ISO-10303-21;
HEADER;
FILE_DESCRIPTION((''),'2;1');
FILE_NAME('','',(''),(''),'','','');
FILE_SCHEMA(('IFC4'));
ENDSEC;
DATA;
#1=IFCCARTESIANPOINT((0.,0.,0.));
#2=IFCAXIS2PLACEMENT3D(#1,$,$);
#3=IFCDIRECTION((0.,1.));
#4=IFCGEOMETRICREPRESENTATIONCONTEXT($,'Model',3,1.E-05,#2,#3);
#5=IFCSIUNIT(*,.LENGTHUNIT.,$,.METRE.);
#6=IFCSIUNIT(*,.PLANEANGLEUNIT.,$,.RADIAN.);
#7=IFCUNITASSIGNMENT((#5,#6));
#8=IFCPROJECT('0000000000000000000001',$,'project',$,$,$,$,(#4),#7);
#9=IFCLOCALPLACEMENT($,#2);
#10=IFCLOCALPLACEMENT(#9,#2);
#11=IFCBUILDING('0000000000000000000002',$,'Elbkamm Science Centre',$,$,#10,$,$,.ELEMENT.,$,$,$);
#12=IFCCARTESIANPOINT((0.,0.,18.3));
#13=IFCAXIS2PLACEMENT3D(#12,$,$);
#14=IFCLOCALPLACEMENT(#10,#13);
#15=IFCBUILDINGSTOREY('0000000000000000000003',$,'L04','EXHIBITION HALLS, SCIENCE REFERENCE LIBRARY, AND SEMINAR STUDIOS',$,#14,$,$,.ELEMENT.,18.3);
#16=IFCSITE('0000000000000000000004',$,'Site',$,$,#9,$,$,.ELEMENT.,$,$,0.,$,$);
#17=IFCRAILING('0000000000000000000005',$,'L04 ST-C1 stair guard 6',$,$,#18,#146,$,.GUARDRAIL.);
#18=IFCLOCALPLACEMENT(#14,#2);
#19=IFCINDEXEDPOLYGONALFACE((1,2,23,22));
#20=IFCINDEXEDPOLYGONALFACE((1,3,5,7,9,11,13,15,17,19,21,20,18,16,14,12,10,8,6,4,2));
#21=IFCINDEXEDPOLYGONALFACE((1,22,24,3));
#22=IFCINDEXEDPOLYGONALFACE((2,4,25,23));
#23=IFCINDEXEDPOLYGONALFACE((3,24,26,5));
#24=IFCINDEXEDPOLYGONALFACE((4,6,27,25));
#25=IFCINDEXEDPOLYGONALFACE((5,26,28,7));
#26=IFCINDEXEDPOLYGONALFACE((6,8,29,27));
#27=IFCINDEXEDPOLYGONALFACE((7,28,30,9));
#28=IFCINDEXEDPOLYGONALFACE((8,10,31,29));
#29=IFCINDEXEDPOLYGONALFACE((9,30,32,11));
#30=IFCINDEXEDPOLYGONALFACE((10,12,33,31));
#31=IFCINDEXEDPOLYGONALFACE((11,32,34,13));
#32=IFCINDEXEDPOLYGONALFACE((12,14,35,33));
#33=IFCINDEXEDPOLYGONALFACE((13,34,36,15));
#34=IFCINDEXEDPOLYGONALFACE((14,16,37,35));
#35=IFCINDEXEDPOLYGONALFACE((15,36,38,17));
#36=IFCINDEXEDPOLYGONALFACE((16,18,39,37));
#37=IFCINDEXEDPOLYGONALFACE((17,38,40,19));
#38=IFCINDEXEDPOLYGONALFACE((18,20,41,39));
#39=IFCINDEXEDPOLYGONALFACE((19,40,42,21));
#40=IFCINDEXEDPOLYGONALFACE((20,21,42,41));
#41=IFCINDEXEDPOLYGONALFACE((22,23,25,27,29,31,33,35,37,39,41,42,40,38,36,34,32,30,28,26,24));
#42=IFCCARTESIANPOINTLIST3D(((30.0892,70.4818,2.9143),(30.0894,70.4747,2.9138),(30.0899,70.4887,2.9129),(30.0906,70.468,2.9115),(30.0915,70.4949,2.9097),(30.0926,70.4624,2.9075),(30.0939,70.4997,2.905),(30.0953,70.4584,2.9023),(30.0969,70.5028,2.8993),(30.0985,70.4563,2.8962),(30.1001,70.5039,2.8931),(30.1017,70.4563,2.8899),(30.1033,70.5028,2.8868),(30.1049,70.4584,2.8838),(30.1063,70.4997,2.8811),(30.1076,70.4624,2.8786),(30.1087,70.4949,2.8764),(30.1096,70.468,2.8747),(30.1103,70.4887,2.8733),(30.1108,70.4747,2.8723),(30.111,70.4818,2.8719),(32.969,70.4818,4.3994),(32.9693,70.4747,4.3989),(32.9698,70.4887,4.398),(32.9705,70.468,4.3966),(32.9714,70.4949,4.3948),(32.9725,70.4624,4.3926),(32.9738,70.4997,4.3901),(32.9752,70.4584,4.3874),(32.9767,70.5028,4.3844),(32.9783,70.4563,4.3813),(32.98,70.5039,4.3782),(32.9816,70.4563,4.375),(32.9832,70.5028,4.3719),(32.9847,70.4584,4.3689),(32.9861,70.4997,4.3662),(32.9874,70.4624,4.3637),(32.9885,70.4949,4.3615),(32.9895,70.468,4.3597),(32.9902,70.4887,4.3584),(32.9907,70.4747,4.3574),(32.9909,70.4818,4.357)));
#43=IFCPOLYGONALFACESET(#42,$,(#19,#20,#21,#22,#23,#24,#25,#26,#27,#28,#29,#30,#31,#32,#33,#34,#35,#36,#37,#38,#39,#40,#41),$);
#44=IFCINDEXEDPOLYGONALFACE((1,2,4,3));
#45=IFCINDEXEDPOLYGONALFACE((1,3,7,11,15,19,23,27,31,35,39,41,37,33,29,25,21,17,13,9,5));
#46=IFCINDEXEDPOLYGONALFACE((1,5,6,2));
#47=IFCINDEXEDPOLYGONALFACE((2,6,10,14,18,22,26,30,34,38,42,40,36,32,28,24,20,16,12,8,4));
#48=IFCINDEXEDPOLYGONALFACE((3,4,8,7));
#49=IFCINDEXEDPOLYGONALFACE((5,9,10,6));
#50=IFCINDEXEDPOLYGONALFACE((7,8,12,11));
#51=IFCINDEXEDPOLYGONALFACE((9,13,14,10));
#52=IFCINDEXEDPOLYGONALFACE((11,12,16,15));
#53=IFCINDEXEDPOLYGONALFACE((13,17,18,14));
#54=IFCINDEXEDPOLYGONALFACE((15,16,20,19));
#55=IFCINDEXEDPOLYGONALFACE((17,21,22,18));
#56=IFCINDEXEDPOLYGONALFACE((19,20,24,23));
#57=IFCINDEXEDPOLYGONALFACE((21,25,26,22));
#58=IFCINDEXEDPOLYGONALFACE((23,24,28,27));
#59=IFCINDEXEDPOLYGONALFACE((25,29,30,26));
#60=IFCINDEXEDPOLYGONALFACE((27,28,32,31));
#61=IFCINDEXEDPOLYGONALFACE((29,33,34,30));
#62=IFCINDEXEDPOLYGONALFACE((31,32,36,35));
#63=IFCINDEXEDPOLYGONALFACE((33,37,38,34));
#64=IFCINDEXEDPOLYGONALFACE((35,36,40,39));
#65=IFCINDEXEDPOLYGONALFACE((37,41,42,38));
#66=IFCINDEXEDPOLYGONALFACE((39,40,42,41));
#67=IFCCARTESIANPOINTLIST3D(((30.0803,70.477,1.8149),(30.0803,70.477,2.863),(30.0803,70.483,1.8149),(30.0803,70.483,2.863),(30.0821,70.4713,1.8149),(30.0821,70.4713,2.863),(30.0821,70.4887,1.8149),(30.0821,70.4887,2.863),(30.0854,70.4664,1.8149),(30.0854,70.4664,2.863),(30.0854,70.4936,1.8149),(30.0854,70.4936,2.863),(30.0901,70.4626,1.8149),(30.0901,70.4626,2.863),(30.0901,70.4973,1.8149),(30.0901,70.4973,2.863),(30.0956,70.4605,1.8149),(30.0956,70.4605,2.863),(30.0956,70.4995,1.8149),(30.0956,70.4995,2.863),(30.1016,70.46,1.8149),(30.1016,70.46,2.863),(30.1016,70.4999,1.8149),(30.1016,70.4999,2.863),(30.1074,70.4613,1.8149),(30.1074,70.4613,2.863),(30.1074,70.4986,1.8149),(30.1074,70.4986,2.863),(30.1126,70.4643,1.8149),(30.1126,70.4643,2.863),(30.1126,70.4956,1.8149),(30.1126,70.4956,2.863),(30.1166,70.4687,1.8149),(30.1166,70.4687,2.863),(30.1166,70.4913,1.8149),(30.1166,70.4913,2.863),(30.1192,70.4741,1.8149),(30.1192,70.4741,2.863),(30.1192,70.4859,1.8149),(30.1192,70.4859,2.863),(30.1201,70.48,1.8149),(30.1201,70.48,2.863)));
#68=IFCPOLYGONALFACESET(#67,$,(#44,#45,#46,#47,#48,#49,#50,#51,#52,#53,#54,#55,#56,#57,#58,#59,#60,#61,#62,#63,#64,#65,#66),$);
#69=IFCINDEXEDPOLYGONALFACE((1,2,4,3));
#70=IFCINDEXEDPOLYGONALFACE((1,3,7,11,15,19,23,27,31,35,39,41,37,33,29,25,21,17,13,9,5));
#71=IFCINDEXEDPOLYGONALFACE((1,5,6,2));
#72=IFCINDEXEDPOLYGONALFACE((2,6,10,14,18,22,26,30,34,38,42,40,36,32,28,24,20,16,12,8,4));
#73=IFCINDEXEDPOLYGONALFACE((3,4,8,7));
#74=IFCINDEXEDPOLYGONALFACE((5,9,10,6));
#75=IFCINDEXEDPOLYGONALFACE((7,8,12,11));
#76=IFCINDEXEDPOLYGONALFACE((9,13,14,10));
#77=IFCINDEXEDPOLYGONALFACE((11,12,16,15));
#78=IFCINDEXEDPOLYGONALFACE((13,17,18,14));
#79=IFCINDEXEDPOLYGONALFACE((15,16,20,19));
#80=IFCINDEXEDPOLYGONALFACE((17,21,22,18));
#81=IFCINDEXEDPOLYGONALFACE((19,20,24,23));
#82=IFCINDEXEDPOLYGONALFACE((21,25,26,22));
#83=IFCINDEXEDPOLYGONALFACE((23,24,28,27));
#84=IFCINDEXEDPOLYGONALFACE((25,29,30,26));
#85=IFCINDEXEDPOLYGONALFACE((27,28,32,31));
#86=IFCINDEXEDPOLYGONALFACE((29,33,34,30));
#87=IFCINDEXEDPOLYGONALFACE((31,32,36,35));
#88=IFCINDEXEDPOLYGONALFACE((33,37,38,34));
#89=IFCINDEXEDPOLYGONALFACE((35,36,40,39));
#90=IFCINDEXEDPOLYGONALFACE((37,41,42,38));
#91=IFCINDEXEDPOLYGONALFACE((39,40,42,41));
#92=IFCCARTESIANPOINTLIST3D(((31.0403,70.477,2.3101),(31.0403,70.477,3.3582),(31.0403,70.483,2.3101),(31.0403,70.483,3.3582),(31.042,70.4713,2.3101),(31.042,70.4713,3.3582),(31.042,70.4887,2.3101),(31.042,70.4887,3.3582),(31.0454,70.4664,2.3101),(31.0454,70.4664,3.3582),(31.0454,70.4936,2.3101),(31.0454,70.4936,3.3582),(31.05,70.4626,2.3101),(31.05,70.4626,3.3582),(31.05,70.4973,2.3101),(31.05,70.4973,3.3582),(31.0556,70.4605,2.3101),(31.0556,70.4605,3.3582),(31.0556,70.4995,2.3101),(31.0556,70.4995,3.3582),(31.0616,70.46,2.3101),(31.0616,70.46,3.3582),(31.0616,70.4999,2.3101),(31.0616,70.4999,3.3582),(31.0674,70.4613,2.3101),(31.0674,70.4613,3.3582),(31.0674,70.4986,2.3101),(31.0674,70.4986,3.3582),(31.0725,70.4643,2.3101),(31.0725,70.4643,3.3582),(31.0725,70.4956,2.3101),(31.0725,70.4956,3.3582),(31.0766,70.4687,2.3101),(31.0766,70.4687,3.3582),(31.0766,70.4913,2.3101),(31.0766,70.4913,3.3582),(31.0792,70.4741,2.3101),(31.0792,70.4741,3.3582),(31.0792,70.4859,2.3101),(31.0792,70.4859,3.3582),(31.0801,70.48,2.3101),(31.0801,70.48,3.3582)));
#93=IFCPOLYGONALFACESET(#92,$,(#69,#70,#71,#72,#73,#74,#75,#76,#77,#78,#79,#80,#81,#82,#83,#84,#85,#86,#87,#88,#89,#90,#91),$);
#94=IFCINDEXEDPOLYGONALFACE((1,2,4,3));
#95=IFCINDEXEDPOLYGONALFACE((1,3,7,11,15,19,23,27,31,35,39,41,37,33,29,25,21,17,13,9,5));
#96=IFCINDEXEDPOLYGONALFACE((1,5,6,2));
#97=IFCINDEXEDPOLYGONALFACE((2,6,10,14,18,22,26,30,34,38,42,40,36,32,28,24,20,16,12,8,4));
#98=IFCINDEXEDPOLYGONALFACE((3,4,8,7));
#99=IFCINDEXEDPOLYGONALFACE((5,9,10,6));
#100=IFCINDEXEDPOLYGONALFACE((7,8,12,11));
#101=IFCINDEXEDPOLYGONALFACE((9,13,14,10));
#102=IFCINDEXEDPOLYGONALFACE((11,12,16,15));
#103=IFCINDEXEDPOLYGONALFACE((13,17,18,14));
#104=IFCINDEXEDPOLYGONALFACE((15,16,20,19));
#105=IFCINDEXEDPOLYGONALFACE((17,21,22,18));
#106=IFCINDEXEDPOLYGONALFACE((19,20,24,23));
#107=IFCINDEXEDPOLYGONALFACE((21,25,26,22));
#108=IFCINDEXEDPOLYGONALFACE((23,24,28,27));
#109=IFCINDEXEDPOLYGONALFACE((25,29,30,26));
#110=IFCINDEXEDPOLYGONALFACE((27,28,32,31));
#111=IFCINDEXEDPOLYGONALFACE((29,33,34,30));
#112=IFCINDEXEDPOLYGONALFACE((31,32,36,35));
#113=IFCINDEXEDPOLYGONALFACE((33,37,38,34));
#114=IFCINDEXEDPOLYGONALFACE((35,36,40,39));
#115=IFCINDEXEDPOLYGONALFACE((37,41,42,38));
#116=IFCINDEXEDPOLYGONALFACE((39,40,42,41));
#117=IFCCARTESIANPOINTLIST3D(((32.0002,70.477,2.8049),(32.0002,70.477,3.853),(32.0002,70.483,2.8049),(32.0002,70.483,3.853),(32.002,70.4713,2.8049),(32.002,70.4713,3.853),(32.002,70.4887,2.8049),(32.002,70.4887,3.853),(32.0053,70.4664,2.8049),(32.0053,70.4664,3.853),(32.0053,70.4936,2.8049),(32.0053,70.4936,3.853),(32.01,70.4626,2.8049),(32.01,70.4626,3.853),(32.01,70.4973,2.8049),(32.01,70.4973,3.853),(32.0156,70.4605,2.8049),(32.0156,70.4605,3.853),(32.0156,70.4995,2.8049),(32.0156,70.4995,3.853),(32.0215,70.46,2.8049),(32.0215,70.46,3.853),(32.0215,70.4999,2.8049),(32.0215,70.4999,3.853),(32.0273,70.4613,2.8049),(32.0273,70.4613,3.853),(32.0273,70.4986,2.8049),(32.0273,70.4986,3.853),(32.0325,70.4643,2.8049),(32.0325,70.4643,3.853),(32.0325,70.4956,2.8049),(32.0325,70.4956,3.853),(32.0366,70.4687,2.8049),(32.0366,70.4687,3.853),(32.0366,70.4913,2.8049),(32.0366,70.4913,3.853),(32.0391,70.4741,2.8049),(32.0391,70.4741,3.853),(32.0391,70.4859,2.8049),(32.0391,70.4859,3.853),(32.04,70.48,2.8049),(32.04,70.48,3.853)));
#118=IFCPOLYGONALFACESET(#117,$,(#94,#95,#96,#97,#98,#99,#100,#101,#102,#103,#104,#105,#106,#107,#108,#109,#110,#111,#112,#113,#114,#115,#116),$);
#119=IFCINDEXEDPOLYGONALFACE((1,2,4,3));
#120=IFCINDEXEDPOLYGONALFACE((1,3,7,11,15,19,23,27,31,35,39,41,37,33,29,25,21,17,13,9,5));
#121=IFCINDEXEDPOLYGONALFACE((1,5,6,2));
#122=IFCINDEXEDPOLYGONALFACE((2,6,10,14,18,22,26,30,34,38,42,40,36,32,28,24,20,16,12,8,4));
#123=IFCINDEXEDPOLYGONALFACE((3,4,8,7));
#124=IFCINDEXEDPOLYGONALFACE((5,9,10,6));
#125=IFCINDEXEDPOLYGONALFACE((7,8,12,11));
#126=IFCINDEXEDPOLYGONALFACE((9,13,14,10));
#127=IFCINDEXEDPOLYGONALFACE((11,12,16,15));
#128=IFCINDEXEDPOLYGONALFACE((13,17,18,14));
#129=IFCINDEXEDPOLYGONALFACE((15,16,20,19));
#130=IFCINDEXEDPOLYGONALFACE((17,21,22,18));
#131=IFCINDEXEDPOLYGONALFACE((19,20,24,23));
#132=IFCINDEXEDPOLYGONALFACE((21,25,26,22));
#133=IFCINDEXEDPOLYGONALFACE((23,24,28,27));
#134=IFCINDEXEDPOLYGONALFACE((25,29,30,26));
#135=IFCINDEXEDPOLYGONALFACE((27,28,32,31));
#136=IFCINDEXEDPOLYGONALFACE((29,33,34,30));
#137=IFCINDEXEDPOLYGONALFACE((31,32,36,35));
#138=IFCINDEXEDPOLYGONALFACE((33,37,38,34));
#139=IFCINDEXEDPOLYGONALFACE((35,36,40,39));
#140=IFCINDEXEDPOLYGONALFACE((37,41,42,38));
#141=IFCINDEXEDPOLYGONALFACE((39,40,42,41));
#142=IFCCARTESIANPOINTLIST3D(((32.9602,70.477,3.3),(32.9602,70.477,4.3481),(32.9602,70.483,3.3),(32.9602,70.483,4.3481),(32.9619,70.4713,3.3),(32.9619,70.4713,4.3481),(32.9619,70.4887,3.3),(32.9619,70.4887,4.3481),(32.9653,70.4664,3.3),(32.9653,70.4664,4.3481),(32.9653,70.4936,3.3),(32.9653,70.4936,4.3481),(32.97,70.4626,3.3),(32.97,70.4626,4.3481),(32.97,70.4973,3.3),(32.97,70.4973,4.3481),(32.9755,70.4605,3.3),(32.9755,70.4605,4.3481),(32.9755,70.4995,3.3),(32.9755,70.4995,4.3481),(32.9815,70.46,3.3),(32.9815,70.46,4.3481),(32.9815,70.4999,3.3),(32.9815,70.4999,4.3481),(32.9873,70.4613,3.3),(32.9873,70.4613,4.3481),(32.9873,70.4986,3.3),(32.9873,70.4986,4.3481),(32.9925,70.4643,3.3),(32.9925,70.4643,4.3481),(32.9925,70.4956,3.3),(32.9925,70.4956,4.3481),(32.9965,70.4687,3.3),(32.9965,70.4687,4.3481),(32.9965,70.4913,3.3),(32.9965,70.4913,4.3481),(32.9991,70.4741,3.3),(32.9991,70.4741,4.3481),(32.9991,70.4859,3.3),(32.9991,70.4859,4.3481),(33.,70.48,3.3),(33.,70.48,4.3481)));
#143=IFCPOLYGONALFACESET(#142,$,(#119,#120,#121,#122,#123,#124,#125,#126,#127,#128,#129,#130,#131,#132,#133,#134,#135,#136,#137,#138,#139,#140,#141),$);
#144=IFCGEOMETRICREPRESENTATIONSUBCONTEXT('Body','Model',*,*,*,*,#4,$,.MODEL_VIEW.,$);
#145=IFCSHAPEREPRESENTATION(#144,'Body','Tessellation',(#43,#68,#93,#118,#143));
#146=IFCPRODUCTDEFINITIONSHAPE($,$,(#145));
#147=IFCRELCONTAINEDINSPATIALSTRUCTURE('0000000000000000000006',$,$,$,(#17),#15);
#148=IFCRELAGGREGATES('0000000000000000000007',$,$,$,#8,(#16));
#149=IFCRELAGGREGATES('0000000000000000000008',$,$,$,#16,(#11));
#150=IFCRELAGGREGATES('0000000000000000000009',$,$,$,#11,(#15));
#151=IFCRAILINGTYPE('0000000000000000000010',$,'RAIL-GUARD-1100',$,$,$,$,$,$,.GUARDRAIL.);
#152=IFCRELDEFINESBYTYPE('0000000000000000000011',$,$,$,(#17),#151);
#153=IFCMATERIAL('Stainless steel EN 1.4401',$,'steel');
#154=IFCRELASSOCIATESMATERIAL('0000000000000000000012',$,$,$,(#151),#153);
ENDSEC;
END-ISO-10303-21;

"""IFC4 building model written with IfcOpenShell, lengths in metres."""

from ifc_helpers import new_model, si_unit, direction, frame, origin, origin_2d, place, context, subcontext, project, spatial, circle, extrude, material, type_object, element, save


model = new_model("IFC4")

# Units and contexts
model_context = context("Model", 3, precision=1e-05, world=origin(), true_north=direction((0.0, 1.0)))
body_context = subcontext(model_context, "Body", "Model", "MODEL_VIEW")
ifc_project = project(units=[si_unit("LENGTHUNIT", "METRE"), si_unit("PLANEANGLEUNIT", "RADIAN")], contexts=[model_context])

# Site, building, storey
site_placement = place(None, origin())
site = spatial("IfcSite", under=ifc_project, at=site_placement, Name="Site", CompositionType="ELEMENT", RefElevation=0.0)
building_placement = place(site_placement, origin())
building = spatial("IfcBuilding", under=site, at=building_placement, Name="Elbkamm Science Centre", CompositionType="ELEMENT")
storey_placement = place(building_placement, frame((0.0, 0.0, 18.3)))
storey = spatial("IfcBuildingStorey", under=building, at=storey_placement, Name="L04", Description="EXHIBITION HALLS, SCIENCE REFERENCE LIBRARY, AND SEMINAR STUDIOS", CompositionType="ELEMENT", Elevation=18.3)

# Railing
ifc_material_1 = material(Name="Stainless steel EN 1.4401", Category="steel")
railing_type_1 = type_object("IfcRailingType", Name="RAIL-GUARD-1100", PredefinedType="GUARDRAIL", material=ifc_material_1)
railing_1_placement = place(storey_placement, frame((30.1001, 70.48, 1.8149)))
element("IfcRailing", 1, at=railing_1_placement, inside=storey, type_object=railing_type_1, Name="L04 ST-C1 stair guard 6", PredefinedType="GUARDRAIL", context=body_context, shape_type="SweptSolid", body=[
    extrude(circle(Radius=0.0239, at=origin_2d()), frame((0.0, 0.0, 1.0781), z_axis=(0.888782, 0.0, 0.45833), x_axis=(0.0, 1.0, 0.0)), (0.0, 0.0, 1.0), 3.2402),
    extrude(circle(Radius=0.02, at=origin_2d()), origin(), (0.0, 0.0, 1.0), 1.0481),
    extrude(circle(Radius=0.02, at=origin_2d()), frame((0.96, 0.0, 0.4951)), (0.0, 0.0, 1.0), 1.0481),
    extrude(circle(Radius=0.02, at=origin_2d()), frame((1.9199, 0.0, 0.99)), (0.0, 0.0, 1.0), 1.0481),
    extrude(circle(Radius=0.02, at=origin_2d()), frame((2.8799, 0.0, 1.4851)), (0.0, 0.0, 1.0), 1.0481),
])

save(model, "model.ifc")
